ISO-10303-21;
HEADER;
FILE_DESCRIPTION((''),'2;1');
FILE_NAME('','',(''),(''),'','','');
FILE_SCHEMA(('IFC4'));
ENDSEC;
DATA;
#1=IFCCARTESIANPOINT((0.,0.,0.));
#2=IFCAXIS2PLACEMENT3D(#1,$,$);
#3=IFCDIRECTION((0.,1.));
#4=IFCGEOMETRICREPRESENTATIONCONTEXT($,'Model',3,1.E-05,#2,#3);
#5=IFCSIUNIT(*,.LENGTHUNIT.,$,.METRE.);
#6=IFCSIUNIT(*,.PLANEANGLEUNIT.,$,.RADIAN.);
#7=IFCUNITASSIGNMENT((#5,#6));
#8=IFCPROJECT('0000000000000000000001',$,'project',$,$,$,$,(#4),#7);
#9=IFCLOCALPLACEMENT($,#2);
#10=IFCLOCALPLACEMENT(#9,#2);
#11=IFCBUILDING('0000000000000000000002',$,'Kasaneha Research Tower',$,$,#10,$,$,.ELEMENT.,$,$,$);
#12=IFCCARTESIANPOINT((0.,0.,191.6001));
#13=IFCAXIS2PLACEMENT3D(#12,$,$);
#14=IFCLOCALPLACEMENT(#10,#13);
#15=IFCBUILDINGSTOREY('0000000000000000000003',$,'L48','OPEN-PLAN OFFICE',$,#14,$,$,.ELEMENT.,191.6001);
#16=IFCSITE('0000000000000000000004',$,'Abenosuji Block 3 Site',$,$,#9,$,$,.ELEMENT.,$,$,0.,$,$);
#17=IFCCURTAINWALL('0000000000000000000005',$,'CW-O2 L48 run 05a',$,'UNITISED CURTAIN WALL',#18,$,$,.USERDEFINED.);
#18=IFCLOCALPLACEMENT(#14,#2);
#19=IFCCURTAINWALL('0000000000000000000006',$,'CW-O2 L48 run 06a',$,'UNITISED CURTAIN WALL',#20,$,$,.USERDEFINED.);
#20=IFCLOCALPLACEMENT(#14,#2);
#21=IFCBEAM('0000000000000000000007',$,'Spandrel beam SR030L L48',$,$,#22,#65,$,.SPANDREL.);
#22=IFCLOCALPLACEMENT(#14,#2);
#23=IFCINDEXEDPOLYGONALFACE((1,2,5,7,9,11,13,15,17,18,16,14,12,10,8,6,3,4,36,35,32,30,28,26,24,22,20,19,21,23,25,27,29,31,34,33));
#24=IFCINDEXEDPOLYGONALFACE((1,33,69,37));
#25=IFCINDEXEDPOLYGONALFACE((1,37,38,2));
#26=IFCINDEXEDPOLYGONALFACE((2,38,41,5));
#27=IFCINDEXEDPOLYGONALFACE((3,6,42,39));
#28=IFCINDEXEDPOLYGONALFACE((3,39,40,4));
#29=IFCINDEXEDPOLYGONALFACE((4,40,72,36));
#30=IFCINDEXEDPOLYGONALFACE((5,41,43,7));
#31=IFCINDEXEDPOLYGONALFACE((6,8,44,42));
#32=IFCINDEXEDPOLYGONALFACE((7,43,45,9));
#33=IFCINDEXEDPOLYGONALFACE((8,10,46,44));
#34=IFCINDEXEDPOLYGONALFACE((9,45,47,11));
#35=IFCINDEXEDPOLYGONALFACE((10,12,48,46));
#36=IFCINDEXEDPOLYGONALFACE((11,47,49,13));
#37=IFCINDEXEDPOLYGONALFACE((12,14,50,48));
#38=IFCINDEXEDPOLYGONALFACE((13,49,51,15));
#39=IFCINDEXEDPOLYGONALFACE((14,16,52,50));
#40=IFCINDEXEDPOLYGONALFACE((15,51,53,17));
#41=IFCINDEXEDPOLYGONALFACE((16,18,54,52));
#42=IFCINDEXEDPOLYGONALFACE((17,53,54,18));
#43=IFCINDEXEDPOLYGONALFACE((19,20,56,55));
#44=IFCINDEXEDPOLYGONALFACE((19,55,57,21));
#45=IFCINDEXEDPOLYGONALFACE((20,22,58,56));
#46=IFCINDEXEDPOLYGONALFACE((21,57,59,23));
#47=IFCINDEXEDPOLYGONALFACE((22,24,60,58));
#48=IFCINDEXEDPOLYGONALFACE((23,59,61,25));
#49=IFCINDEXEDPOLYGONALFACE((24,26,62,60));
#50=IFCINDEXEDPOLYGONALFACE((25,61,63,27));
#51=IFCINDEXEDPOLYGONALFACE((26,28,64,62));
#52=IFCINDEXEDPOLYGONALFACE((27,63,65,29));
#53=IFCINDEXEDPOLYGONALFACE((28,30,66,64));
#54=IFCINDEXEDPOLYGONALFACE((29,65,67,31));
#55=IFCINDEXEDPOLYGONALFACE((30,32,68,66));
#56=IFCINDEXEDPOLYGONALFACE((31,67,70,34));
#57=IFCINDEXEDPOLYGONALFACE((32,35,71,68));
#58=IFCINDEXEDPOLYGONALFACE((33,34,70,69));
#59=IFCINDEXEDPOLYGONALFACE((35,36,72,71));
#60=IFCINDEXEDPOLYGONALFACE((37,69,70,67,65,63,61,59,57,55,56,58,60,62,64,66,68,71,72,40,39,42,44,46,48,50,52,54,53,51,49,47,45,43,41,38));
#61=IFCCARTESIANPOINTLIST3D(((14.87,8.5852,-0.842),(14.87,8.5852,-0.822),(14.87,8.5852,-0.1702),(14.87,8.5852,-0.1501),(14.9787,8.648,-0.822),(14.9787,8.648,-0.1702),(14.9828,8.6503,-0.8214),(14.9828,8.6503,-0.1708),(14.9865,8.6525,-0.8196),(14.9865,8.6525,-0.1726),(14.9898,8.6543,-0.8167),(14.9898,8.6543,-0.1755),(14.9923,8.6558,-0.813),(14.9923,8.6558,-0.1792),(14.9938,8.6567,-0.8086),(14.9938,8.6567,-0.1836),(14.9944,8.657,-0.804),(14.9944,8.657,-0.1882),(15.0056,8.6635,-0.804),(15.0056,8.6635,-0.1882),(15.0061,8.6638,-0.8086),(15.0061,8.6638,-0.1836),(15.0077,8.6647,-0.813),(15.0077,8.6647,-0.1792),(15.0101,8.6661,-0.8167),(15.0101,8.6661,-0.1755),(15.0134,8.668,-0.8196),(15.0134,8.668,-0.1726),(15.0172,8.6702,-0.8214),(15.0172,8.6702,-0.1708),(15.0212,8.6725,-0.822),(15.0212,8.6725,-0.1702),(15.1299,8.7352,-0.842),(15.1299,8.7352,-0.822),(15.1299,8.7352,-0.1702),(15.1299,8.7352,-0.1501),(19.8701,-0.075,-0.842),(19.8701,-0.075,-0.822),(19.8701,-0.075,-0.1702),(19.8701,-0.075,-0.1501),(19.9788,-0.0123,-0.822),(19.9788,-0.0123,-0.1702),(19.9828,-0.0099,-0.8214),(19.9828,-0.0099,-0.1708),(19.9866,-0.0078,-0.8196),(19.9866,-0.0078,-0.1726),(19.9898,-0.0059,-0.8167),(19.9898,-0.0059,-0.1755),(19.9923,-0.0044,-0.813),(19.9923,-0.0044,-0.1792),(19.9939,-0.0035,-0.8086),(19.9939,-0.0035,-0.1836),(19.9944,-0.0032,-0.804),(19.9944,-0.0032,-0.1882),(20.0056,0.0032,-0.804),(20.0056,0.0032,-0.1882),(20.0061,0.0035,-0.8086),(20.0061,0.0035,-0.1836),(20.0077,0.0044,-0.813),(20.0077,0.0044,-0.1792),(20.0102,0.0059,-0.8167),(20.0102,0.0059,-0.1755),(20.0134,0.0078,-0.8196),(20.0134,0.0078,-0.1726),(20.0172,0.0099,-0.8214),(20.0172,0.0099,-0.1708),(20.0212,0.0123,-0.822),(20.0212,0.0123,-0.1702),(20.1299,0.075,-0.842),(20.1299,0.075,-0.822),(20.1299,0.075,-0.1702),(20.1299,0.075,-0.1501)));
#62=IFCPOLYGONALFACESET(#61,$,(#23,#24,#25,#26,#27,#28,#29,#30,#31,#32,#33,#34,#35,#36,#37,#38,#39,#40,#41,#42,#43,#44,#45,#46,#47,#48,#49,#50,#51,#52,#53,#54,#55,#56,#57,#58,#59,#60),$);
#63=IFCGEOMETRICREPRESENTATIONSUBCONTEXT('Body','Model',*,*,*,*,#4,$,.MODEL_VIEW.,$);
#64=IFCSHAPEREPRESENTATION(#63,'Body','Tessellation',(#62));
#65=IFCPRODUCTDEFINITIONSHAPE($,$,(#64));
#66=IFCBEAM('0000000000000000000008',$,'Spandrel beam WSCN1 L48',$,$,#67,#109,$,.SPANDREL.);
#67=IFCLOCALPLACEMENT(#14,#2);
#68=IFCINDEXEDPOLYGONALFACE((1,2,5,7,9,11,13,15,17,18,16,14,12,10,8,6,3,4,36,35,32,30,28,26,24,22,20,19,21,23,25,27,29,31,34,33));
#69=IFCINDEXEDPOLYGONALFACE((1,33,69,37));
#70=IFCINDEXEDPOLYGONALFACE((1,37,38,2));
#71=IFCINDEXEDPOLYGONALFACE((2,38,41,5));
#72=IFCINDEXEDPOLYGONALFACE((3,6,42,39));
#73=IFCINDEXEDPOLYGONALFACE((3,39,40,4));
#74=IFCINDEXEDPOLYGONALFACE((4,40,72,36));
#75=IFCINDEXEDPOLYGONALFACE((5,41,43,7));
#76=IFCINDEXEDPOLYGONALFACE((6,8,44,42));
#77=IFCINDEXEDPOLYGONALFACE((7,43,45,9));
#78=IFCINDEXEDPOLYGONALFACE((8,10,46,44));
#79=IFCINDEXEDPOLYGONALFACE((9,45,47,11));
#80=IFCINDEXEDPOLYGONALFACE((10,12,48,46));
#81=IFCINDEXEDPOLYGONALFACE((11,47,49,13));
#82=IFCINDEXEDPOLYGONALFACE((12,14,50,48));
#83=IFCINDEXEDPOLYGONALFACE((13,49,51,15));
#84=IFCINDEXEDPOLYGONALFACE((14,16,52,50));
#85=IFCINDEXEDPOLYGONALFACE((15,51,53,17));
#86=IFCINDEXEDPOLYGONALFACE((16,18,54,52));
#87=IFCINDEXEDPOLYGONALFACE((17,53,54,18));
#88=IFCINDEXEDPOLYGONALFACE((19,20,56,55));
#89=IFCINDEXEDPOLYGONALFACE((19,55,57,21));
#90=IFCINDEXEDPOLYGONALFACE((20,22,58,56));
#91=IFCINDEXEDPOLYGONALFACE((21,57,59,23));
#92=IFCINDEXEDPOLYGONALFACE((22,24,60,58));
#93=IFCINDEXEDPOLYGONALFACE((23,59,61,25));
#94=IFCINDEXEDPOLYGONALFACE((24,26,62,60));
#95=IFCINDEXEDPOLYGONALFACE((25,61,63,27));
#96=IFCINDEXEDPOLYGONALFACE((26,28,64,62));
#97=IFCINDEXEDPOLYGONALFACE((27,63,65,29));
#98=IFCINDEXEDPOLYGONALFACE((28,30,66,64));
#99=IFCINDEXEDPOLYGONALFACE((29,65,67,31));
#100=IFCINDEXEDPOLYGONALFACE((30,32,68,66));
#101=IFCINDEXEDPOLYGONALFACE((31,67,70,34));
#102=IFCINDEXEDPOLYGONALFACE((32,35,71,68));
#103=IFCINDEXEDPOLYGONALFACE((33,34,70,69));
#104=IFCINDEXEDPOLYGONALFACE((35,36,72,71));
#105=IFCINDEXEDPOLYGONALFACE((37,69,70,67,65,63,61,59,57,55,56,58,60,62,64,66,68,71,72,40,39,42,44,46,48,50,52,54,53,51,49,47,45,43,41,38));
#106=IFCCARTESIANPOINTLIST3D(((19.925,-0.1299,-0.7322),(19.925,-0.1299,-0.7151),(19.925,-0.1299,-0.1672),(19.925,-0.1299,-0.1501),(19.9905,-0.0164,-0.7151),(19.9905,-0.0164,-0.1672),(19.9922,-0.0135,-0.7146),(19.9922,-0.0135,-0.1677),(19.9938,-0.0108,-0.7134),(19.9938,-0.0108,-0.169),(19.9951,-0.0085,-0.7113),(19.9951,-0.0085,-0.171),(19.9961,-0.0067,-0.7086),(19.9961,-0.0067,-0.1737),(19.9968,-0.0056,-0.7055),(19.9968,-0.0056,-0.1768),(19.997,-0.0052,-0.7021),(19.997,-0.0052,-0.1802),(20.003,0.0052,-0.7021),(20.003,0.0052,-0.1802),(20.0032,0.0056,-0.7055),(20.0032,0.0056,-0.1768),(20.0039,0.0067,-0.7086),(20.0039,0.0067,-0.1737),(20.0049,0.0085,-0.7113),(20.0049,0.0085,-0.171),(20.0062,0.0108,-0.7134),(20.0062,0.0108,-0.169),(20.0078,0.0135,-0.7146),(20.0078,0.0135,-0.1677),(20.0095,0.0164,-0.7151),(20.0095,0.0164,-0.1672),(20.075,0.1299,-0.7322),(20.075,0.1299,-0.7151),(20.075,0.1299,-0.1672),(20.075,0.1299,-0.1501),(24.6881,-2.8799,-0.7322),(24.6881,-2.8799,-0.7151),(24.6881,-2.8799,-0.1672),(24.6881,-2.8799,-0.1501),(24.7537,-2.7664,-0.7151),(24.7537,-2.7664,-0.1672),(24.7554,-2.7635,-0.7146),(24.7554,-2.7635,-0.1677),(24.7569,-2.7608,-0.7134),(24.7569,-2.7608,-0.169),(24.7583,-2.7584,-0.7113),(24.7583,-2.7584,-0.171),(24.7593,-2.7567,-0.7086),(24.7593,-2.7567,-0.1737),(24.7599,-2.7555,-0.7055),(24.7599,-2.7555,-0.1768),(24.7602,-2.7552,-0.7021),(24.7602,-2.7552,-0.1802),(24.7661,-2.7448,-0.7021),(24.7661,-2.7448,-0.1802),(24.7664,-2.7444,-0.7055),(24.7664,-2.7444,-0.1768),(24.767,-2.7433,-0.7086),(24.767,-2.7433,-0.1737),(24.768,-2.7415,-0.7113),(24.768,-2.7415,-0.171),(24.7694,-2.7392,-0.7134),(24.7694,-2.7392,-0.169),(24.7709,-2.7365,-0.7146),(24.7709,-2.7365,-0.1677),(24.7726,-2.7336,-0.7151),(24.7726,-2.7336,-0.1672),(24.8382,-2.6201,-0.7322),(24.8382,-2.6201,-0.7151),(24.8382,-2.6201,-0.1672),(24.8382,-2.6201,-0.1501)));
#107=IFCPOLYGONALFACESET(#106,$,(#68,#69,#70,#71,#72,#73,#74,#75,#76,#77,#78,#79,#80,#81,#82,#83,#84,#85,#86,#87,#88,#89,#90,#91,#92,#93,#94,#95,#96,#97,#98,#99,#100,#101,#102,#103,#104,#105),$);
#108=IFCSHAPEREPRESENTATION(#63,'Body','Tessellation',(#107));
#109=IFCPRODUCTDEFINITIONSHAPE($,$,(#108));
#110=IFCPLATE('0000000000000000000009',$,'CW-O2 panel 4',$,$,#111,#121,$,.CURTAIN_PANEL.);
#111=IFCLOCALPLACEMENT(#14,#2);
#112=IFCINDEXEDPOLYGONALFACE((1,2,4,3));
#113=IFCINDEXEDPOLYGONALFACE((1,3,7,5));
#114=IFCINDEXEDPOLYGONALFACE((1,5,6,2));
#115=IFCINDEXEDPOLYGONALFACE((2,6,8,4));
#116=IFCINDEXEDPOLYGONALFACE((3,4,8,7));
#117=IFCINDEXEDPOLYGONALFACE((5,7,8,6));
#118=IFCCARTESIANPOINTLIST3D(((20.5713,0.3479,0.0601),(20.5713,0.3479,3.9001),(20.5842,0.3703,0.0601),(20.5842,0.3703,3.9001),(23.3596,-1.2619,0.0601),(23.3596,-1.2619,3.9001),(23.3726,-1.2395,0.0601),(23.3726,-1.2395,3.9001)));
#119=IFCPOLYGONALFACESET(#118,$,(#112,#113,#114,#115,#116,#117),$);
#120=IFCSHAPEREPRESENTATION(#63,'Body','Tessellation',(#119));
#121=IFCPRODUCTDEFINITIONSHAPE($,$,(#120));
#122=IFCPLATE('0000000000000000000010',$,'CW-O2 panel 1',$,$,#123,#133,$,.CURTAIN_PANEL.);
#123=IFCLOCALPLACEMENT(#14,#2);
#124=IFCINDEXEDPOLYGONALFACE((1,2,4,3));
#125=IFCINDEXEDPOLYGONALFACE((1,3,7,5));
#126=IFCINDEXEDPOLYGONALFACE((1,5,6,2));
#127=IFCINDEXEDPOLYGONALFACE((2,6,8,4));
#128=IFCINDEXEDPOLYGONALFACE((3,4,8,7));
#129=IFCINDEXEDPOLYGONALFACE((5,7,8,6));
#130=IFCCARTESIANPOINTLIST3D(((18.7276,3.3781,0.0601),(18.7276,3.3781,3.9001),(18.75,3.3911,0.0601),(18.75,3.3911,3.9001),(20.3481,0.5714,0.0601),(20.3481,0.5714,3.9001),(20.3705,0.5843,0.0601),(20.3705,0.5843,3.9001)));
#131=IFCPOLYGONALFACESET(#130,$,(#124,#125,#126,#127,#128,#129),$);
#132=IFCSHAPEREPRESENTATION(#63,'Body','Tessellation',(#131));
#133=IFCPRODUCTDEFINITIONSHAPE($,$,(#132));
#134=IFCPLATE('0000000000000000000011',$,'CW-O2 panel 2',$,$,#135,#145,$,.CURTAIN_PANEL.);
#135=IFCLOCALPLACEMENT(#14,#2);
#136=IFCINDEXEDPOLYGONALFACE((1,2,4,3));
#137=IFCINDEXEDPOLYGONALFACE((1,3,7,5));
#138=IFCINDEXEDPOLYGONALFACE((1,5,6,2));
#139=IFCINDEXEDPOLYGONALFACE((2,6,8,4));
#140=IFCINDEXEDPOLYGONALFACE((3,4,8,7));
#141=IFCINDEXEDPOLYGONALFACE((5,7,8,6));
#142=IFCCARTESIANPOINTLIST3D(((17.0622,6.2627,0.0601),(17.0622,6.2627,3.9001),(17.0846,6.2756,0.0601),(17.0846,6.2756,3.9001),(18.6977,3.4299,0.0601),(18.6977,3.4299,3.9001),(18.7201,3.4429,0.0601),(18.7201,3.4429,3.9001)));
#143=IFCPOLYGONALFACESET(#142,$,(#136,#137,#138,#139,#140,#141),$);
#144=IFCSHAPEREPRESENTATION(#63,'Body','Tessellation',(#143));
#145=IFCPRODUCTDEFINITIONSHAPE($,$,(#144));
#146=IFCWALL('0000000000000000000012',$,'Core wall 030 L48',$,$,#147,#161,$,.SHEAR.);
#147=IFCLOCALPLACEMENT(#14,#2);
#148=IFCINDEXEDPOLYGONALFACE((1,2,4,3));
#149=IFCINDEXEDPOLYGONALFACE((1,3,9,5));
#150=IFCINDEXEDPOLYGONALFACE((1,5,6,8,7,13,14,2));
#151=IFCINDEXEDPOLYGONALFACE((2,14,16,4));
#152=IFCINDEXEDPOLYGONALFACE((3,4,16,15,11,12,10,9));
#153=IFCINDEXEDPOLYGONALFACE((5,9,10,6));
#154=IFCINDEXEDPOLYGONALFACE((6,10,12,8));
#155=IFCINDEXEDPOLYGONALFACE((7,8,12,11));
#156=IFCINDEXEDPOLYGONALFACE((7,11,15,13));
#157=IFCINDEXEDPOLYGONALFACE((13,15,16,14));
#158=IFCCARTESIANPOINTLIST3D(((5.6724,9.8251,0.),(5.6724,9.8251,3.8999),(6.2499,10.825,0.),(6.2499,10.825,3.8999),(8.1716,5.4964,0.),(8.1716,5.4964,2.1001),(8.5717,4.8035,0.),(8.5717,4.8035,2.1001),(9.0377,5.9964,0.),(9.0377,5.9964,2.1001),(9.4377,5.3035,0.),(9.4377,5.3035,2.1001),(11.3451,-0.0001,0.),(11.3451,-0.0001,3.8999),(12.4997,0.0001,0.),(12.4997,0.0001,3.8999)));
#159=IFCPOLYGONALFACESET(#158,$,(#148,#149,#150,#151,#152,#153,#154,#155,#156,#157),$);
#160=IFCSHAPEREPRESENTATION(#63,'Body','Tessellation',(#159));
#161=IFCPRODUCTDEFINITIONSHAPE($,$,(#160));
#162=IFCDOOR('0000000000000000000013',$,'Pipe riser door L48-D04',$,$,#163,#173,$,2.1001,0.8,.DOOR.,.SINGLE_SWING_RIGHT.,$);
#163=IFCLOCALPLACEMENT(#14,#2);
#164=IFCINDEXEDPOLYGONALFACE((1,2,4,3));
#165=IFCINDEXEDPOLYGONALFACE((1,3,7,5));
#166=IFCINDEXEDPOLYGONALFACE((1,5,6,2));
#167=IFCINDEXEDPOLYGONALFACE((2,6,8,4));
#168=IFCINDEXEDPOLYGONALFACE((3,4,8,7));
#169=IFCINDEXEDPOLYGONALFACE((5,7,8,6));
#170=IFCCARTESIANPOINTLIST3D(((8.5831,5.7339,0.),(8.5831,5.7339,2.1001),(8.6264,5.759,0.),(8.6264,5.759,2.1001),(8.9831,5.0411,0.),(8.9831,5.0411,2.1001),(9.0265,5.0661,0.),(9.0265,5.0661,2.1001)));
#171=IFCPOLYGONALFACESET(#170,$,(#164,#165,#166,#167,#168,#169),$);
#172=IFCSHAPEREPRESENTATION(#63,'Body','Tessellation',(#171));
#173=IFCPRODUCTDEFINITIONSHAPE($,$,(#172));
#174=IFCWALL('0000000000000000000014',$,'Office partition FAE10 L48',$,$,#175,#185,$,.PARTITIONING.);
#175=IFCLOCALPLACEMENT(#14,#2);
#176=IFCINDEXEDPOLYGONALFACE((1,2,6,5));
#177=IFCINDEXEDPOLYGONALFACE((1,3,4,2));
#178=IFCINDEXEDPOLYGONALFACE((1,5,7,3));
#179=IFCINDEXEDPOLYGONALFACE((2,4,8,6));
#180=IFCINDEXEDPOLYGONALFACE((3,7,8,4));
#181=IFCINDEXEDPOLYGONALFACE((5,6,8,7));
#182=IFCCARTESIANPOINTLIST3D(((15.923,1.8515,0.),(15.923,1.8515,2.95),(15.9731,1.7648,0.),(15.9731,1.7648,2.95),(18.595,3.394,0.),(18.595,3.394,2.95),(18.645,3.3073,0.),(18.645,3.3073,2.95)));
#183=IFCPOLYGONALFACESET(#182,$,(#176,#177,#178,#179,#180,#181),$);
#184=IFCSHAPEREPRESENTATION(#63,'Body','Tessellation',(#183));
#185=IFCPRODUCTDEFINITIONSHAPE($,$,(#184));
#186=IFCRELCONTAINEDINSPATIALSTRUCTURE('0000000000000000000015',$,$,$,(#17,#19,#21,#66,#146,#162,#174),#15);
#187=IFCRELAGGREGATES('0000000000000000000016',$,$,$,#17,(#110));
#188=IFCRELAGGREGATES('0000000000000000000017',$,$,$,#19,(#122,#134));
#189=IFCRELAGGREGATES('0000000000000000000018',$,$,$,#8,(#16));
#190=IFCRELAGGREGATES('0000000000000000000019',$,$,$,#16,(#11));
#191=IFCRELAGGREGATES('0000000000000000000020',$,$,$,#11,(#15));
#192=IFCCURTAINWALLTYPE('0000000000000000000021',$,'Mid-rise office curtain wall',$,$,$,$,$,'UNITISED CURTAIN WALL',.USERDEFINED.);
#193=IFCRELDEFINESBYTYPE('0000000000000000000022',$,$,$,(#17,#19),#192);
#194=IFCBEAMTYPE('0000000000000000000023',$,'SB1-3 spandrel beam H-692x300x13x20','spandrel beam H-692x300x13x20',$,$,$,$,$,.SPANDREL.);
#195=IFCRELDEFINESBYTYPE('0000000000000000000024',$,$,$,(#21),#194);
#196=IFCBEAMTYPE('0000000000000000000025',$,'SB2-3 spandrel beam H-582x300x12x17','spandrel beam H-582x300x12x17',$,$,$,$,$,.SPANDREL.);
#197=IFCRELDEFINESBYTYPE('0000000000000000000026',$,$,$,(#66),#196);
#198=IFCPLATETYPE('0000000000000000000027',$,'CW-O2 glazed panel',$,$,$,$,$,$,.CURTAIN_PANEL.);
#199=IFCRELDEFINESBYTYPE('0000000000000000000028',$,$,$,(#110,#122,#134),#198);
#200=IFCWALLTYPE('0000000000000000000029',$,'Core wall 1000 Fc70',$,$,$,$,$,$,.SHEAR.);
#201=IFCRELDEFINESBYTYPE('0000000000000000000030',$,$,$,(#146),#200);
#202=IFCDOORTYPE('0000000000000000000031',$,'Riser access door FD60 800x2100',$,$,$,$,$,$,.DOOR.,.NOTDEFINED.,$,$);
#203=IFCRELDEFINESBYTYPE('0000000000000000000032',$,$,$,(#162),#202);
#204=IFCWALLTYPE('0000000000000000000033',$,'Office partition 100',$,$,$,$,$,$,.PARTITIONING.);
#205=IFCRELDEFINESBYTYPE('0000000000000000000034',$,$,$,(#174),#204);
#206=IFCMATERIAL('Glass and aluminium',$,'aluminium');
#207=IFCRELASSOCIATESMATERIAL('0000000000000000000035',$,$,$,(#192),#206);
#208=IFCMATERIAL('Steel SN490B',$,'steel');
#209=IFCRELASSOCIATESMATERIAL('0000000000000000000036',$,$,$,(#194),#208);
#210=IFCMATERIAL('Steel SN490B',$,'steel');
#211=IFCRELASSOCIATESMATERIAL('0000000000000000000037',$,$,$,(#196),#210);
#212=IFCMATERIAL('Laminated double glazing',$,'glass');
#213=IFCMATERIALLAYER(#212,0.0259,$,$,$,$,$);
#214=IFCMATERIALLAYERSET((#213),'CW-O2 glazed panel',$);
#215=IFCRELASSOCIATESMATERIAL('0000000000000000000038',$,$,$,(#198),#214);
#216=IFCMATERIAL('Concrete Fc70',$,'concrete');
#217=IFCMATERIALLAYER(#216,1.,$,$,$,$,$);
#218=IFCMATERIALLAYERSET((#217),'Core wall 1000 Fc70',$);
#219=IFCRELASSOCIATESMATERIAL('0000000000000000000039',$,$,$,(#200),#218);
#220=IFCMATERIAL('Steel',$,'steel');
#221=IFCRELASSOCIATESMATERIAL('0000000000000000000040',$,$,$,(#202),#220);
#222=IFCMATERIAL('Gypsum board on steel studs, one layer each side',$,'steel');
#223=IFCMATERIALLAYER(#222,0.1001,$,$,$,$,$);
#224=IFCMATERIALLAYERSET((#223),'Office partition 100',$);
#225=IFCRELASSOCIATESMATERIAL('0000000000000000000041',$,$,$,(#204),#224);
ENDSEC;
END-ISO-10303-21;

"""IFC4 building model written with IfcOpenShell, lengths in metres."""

from ifc_helpers import new_model, si_unit, direction, frame, frame_2d, origin, origin_2d, place, context, subcontext, project, spatial, polyline, rectangle, i_section, outline, extrude, material, layer, layer_set, material_profile, profile_set, type_object, element, fill, aggregate, save


model = new_model("IFC4")

# Units and contexts
model_context = context("Model", 3, precision=1e-05, world=origin(), true_north=direction((0.0, 1.0)))
body_context = subcontext(model_context, "Body", "Model", "MODEL_VIEW")
ifc_project = project(units=[si_unit("LENGTHUNIT", "METRE"), si_unit("PLANEANGLEUNIT", "RADIAN")], contexts=[model_context])

# Site, building, storey
site_placement = place(None, origin())
site = spatial("IfcSite", under=ifc_project, at=site_placement, Name="Abenosuji Block 3 Site", CompositionType="ELEMENT", RefElevation=0.0)
building_placement = place(site_placement, origin())
building = spatial("IfcBuilding", under=site, at=building_placement, Name="Kasaneha Research Tower", CompositionType="ELEMENT")
storey_placement = place(building_placement, frame((0.0, 0.0, 191.6001)))
storey = spatial("IfcBuildingStorey", under=building, at=storey_placement, Name="L48", Description="OPEN-PLAN OFFICE", CompositionType="ELEMENT", Elevation=191.6001)

# Curtain walls
ifc_material_1 = material(Name="Glass and aluminium", Category="aluminium")
curtain_wall_type = type_object("IfcCurtainWallType", Name="Mid-rise office curtain wall", ElementType="UNITISED CURTAIN WALL", PredefinedType="USERDEFINED", material=ifc_material_1)
curtain_wall_1_placement = place(storey_placement, origin())
curtain_wall_1 = element("IfcCurtainWall", 1, at=curtain_wall_1_placement, inside=storey, type_object=curtain_wall_type, Name="CW-O2 L48 run 05a", ObjectType="UNITISED CURTAIN WALL", PredefinedType="USERDEFINED")
curtain_wall_2_placement = place(storey_placement, origin())
curtain_wall_2 = element("IfcCurtainWall", 2, at=curtain_wall_2_placement, inside=storey, type_object=curtain_wall_type, Name="CW-O2 L48 run 06a", ObjectType="UNITISED CURTAIN WALL", PredefinedType="USERDEFINED")

# Beams
ifc_material_2 = material(Name="Steel SN490B", Category="steel")
ifc_material_profile_1 = material_profile(ifc_material_2, i_section(OverallWidth=0.3, OverallDepth=0.6919, WebThickness=0.0129, FlangeThickness=0.02, FilletRadius=0.0181, at=origin_2d()), Name="H-692x300x13x20")
ifc_profile_set_1 = profile_set([ifc_material_profile_1], Name="Steel SN490B")
beam_type_1 = type_object("IfcBeamType", Name="SB1-3 spandrel beam H-692x300x13x20", Description="spandrel beam H-692x300x13x20", PredefinedType="SPANDREL", material=ifc_profile_set_1)
beam_1_placement = place(storey_placement, frame((20.0, 0.0, -0.4961), z_axis=(-0.500004, 0.866023, 0.0), x_axis=(-0.866023, -0.500004, 0.0)))
element("IfcBeam", 3, at=beam_1_placement, inside=storey, type_object=beam_type_1, Name="Spandrel beam SR030L L48", PredefinedType="SPANDREL", context=body_context, shape_type="SweptSolid", body=[
    extrude(i_section(OverallWidth=0.3, OverallDepth=0.6919, WebThickness=0.0129, FlangeThickness=0.02, FilletRadius=0.0181, at=origin_2d()), origin(), (0.0, 0.0, 1.0), 10.0),
])
ifc_material_3 = material(Name="Steel SN490B", Category="steel")
ifc_material_profile_2 = material_profile(ifc_material_3, i_section(OverallWidth=0.3, OverallDepth=0.582, WebThickness=0.012, FlangeThickness=0.0171, FilletRadius=0.0129, at=origin_2d()), Name="H-582x300x12x17")
ifc_profile_set_2 = profile_set([ifc_material_profile_2], Name="Steel SN490B")
beam_type_2 = type_object("IfcBeamType", Name="SB2-3 spandrel beam H-582x300x12x17", Description="spandrel beam H-582x300x12x17", PredefinedType="SPANDREL", material=ifc_profile_set_2)
beam_2_placement = place(storey_placement, frame((20.0, 0.0, -0.4412), z_axis=(0.866027, -0.499997, 0.0), x_axis=(0.499997, 0.866027, 0.0)))
element("IfcBeam", 4, at=beam_2_placement, inside=storey, type_object=beam_type_2, Name="Spandrel beam WSCN1 L48", PredefinedType="SPANDREL", context=body_context, shape_type="SweptSolid", body=[
    extrude(i_section(OverallWidth=0.3, OverallDepth=0.582, WebThickness=0.012, FlangeThickness=0.0171, FilletRadius=0.0129, at=origin_2d()), origin(), (0.0, 0.0, 1.0), 5.5),
])

# Plates
ifc_material_4 = material(Name="Laminated double glazing", Category="glass")
ifc_layer_1 = layer(ifc_material_4, 0.0259)
ifc_layer_set_1 = layer_set([ifc_layer_1], Name="CW-O2 glazed panel")
plate_type = type_object("IfcPlateType", Name="CW-O2 glazed panel", PredefinedType="CURTAIN_PANEL", material=ifc_layer_set_1)
plate_1_placement = place(storey_placement, frame((21.9719, -0.4458, 0.0601), z_axis=(0.0, 0.0, 1.0), x_axis=(-0.866025, 0.5, 0.0)))
plate_1 = element("IfcPlate", 5, at=plate_1_placement, type_object=plate_type, Name="CW-O2 panel 4", PredefinedType="CURTAIN_PANEL", context=body_context, shape_type="SweptSolid", body=[
    extrude(rectangle(XDim=3.2197, YDim=0.0259, at=origin_2d()), origin(), (0.0, 0.0, 1.0), 3.8401),
])
aggregate(curtain_wall_1, [plate_1])
plate_2_placement = place(storey_placement, frame((19.5491, 1.9812, 0.0601), z_axis=(0.0, 0.0, 1.0), x_axis=(-0.5, 0.866025, 0.0)))
plate_2 = element("IfcPlate", 6, at=plate_2_placement, type_object=plate_type, Name="CW-O2 panel 1", PredefinedType="CURTAIN_PANEL", context=body_context, shape_type="SweptSolid", body=[
    extrude(rectangle(XDim=3.241, YDim=0.0259, at=origin_2d()), origin(), (0.0, 0.0, 1.0), 3.8401),
])
plate_3_placement = place(storey_placement, frame((17.8911, 4.8528, 0.0601), z_axis=(0.0, 0.0, 1.0), x_axis=(-0.5, 0.866025, 0.0)))
plate_3 = element("IfcPlate", 7, at=plate_3_placement, type_object=plate_type, Name="CW-O2 panel 2", PredefinedType="CURTAIN_PANEL", context=body_context, shape_type="SweptSolid", body=[
    extrude(rectangle(XDim=3.271, YDim=0.0259, at=origin_2d()), origin(), (0.0, 0.0, 1.0), 3.8401),
])
aggregate(curtain_wall_2, [plate_2, plate_3])

# Wall, opening, door
ifc_material_5 = material(Name="Concrete Fc70", Category="concrete")
ifc_layer_2 = layer(ifc_material_5, 1.0)
ifc_layer_set_2 = layer_set([ifc_layer_2], Name="Core wall 1000 Fc70")
wall_type_1 = type_object("IfcWallType", Name="Core wall 1000 Fc70", PredefinedType="SHEAR", material=ifc_layer_set_2)
wall_1_placement = place(storey_placement, frame((11.9224, 0.0, 0.0), z_axis=(0.0, 0.0, 1.0), x_axis=(-0.500004, 0.866023, 0.0)))
wall_1 = element("IfcWall", 8, at=wall_1_placement, inside=storey, type_object=wall_type_1, Name="Core wall 030 L48", PredefinedType="SHEAR", context=body_context, shape_type="SweptSolid", body=[
    extrude(outline(polyline([(-0.2886, -0.5), (5.8354, -0.5), (6.6355, -0.5), (12.2109, -0.5), (11.6338, 0.5), (6.6355, 0.5), (5.8354, 0.5), (0.2886, 0.5), (-0.2886, -0.5)])), origin(), (0.0, 0.0, 1.0), 3.8999),
])
opening_1_placement = place(wall_1_placement, frame((5.8354, 0.0, 0.0)))
opening_1 = element("IfcOpeningElement", 9, at=opening_1_placement, cuts=wall_1, PredefinedType="OPENING", context=body_context, shape_type="SweptSolid", body=[
    extrude(rectangle(XDim=0.8, YDim=2.1001, at=frame_2d((0.3999, 1.05))), frame((0.0, 0.51, 0.0), z_axis=(0.0, -1.0, 0.0), x_axis=(1.0, 0.0, 0.0)), (0.0, 0.0, 1.0), 1.02),
])
ifc_material_6 = material(Name="Steel", Category="steel")
door_type_1 = type_object("IfcDoorType", Name="Riser access door FD60 800x2100", OperationType="NOTDEFINED", PredefinedType="DOOR", material=ifc_material_6)
door_1_placement = place(opening_1_placement, origin())
door_1 = element("IfcDoor", 10, at=door_1_placement, inside=storey, type_object=door_type_1, Name="Pipe riser door L48-D04", OperationType="SINGLE_SWING_RIGHT", OverallHeight=2.1001, OverallWidth=0.8, PredefinedType="DOOR", context=body_context, shape_type="SweptSolid", body=[
    extrude(rectangle(XDim=0.8, YDim=2.1001, at=frame_2d((0.3999, 1.05))), frame((0.0, 0.0249, 0.0), z_axis=(0.0, -1.0, 0.0), x_axis=(1.0, 0.0, 0.0)), (0.0, 0.0, 1.0), 0.05),
])
fill(opening_1, door_1)

# Wall
ifc_material_7 = material(Name="Gypsum board on steel studs, one layer each side", Category="steel")
ifc_layer_3 = layer(ifc_material_7, 0.1001)
ifc_layer_set_3 = layer_set([ifc_layer_3], Name="Office partition 100")
wall_type_2 = type_object("IfcWallType", Name="Office partition 100", PredefinedType="PARTITIONING", material=ifc_layer_set_3)
wall_2_placement = place(storey_placement, frame((18.6199, 3.3506, 0.0), z_axis=(0.0, 0.0, 1.0), x_axis=(-0.866043, -0.499969, 0.0)))
element("IfcWall", 11, at=wall_2_placement, inside=storey, type_object=wall_type_2, Name="Office partition FAE10 L48", PredefinedType="PARTITIONING", context=body_context, shape_type="SweptSolid", body=[
    extrude(rectangle(XDim=3.0852, YDim=0.1001, at=frame_2d((1.5425, 0.0))), origin(), (0.0, 0.0, 1.0), 2.95),
])

save(model, "model.ifc")
